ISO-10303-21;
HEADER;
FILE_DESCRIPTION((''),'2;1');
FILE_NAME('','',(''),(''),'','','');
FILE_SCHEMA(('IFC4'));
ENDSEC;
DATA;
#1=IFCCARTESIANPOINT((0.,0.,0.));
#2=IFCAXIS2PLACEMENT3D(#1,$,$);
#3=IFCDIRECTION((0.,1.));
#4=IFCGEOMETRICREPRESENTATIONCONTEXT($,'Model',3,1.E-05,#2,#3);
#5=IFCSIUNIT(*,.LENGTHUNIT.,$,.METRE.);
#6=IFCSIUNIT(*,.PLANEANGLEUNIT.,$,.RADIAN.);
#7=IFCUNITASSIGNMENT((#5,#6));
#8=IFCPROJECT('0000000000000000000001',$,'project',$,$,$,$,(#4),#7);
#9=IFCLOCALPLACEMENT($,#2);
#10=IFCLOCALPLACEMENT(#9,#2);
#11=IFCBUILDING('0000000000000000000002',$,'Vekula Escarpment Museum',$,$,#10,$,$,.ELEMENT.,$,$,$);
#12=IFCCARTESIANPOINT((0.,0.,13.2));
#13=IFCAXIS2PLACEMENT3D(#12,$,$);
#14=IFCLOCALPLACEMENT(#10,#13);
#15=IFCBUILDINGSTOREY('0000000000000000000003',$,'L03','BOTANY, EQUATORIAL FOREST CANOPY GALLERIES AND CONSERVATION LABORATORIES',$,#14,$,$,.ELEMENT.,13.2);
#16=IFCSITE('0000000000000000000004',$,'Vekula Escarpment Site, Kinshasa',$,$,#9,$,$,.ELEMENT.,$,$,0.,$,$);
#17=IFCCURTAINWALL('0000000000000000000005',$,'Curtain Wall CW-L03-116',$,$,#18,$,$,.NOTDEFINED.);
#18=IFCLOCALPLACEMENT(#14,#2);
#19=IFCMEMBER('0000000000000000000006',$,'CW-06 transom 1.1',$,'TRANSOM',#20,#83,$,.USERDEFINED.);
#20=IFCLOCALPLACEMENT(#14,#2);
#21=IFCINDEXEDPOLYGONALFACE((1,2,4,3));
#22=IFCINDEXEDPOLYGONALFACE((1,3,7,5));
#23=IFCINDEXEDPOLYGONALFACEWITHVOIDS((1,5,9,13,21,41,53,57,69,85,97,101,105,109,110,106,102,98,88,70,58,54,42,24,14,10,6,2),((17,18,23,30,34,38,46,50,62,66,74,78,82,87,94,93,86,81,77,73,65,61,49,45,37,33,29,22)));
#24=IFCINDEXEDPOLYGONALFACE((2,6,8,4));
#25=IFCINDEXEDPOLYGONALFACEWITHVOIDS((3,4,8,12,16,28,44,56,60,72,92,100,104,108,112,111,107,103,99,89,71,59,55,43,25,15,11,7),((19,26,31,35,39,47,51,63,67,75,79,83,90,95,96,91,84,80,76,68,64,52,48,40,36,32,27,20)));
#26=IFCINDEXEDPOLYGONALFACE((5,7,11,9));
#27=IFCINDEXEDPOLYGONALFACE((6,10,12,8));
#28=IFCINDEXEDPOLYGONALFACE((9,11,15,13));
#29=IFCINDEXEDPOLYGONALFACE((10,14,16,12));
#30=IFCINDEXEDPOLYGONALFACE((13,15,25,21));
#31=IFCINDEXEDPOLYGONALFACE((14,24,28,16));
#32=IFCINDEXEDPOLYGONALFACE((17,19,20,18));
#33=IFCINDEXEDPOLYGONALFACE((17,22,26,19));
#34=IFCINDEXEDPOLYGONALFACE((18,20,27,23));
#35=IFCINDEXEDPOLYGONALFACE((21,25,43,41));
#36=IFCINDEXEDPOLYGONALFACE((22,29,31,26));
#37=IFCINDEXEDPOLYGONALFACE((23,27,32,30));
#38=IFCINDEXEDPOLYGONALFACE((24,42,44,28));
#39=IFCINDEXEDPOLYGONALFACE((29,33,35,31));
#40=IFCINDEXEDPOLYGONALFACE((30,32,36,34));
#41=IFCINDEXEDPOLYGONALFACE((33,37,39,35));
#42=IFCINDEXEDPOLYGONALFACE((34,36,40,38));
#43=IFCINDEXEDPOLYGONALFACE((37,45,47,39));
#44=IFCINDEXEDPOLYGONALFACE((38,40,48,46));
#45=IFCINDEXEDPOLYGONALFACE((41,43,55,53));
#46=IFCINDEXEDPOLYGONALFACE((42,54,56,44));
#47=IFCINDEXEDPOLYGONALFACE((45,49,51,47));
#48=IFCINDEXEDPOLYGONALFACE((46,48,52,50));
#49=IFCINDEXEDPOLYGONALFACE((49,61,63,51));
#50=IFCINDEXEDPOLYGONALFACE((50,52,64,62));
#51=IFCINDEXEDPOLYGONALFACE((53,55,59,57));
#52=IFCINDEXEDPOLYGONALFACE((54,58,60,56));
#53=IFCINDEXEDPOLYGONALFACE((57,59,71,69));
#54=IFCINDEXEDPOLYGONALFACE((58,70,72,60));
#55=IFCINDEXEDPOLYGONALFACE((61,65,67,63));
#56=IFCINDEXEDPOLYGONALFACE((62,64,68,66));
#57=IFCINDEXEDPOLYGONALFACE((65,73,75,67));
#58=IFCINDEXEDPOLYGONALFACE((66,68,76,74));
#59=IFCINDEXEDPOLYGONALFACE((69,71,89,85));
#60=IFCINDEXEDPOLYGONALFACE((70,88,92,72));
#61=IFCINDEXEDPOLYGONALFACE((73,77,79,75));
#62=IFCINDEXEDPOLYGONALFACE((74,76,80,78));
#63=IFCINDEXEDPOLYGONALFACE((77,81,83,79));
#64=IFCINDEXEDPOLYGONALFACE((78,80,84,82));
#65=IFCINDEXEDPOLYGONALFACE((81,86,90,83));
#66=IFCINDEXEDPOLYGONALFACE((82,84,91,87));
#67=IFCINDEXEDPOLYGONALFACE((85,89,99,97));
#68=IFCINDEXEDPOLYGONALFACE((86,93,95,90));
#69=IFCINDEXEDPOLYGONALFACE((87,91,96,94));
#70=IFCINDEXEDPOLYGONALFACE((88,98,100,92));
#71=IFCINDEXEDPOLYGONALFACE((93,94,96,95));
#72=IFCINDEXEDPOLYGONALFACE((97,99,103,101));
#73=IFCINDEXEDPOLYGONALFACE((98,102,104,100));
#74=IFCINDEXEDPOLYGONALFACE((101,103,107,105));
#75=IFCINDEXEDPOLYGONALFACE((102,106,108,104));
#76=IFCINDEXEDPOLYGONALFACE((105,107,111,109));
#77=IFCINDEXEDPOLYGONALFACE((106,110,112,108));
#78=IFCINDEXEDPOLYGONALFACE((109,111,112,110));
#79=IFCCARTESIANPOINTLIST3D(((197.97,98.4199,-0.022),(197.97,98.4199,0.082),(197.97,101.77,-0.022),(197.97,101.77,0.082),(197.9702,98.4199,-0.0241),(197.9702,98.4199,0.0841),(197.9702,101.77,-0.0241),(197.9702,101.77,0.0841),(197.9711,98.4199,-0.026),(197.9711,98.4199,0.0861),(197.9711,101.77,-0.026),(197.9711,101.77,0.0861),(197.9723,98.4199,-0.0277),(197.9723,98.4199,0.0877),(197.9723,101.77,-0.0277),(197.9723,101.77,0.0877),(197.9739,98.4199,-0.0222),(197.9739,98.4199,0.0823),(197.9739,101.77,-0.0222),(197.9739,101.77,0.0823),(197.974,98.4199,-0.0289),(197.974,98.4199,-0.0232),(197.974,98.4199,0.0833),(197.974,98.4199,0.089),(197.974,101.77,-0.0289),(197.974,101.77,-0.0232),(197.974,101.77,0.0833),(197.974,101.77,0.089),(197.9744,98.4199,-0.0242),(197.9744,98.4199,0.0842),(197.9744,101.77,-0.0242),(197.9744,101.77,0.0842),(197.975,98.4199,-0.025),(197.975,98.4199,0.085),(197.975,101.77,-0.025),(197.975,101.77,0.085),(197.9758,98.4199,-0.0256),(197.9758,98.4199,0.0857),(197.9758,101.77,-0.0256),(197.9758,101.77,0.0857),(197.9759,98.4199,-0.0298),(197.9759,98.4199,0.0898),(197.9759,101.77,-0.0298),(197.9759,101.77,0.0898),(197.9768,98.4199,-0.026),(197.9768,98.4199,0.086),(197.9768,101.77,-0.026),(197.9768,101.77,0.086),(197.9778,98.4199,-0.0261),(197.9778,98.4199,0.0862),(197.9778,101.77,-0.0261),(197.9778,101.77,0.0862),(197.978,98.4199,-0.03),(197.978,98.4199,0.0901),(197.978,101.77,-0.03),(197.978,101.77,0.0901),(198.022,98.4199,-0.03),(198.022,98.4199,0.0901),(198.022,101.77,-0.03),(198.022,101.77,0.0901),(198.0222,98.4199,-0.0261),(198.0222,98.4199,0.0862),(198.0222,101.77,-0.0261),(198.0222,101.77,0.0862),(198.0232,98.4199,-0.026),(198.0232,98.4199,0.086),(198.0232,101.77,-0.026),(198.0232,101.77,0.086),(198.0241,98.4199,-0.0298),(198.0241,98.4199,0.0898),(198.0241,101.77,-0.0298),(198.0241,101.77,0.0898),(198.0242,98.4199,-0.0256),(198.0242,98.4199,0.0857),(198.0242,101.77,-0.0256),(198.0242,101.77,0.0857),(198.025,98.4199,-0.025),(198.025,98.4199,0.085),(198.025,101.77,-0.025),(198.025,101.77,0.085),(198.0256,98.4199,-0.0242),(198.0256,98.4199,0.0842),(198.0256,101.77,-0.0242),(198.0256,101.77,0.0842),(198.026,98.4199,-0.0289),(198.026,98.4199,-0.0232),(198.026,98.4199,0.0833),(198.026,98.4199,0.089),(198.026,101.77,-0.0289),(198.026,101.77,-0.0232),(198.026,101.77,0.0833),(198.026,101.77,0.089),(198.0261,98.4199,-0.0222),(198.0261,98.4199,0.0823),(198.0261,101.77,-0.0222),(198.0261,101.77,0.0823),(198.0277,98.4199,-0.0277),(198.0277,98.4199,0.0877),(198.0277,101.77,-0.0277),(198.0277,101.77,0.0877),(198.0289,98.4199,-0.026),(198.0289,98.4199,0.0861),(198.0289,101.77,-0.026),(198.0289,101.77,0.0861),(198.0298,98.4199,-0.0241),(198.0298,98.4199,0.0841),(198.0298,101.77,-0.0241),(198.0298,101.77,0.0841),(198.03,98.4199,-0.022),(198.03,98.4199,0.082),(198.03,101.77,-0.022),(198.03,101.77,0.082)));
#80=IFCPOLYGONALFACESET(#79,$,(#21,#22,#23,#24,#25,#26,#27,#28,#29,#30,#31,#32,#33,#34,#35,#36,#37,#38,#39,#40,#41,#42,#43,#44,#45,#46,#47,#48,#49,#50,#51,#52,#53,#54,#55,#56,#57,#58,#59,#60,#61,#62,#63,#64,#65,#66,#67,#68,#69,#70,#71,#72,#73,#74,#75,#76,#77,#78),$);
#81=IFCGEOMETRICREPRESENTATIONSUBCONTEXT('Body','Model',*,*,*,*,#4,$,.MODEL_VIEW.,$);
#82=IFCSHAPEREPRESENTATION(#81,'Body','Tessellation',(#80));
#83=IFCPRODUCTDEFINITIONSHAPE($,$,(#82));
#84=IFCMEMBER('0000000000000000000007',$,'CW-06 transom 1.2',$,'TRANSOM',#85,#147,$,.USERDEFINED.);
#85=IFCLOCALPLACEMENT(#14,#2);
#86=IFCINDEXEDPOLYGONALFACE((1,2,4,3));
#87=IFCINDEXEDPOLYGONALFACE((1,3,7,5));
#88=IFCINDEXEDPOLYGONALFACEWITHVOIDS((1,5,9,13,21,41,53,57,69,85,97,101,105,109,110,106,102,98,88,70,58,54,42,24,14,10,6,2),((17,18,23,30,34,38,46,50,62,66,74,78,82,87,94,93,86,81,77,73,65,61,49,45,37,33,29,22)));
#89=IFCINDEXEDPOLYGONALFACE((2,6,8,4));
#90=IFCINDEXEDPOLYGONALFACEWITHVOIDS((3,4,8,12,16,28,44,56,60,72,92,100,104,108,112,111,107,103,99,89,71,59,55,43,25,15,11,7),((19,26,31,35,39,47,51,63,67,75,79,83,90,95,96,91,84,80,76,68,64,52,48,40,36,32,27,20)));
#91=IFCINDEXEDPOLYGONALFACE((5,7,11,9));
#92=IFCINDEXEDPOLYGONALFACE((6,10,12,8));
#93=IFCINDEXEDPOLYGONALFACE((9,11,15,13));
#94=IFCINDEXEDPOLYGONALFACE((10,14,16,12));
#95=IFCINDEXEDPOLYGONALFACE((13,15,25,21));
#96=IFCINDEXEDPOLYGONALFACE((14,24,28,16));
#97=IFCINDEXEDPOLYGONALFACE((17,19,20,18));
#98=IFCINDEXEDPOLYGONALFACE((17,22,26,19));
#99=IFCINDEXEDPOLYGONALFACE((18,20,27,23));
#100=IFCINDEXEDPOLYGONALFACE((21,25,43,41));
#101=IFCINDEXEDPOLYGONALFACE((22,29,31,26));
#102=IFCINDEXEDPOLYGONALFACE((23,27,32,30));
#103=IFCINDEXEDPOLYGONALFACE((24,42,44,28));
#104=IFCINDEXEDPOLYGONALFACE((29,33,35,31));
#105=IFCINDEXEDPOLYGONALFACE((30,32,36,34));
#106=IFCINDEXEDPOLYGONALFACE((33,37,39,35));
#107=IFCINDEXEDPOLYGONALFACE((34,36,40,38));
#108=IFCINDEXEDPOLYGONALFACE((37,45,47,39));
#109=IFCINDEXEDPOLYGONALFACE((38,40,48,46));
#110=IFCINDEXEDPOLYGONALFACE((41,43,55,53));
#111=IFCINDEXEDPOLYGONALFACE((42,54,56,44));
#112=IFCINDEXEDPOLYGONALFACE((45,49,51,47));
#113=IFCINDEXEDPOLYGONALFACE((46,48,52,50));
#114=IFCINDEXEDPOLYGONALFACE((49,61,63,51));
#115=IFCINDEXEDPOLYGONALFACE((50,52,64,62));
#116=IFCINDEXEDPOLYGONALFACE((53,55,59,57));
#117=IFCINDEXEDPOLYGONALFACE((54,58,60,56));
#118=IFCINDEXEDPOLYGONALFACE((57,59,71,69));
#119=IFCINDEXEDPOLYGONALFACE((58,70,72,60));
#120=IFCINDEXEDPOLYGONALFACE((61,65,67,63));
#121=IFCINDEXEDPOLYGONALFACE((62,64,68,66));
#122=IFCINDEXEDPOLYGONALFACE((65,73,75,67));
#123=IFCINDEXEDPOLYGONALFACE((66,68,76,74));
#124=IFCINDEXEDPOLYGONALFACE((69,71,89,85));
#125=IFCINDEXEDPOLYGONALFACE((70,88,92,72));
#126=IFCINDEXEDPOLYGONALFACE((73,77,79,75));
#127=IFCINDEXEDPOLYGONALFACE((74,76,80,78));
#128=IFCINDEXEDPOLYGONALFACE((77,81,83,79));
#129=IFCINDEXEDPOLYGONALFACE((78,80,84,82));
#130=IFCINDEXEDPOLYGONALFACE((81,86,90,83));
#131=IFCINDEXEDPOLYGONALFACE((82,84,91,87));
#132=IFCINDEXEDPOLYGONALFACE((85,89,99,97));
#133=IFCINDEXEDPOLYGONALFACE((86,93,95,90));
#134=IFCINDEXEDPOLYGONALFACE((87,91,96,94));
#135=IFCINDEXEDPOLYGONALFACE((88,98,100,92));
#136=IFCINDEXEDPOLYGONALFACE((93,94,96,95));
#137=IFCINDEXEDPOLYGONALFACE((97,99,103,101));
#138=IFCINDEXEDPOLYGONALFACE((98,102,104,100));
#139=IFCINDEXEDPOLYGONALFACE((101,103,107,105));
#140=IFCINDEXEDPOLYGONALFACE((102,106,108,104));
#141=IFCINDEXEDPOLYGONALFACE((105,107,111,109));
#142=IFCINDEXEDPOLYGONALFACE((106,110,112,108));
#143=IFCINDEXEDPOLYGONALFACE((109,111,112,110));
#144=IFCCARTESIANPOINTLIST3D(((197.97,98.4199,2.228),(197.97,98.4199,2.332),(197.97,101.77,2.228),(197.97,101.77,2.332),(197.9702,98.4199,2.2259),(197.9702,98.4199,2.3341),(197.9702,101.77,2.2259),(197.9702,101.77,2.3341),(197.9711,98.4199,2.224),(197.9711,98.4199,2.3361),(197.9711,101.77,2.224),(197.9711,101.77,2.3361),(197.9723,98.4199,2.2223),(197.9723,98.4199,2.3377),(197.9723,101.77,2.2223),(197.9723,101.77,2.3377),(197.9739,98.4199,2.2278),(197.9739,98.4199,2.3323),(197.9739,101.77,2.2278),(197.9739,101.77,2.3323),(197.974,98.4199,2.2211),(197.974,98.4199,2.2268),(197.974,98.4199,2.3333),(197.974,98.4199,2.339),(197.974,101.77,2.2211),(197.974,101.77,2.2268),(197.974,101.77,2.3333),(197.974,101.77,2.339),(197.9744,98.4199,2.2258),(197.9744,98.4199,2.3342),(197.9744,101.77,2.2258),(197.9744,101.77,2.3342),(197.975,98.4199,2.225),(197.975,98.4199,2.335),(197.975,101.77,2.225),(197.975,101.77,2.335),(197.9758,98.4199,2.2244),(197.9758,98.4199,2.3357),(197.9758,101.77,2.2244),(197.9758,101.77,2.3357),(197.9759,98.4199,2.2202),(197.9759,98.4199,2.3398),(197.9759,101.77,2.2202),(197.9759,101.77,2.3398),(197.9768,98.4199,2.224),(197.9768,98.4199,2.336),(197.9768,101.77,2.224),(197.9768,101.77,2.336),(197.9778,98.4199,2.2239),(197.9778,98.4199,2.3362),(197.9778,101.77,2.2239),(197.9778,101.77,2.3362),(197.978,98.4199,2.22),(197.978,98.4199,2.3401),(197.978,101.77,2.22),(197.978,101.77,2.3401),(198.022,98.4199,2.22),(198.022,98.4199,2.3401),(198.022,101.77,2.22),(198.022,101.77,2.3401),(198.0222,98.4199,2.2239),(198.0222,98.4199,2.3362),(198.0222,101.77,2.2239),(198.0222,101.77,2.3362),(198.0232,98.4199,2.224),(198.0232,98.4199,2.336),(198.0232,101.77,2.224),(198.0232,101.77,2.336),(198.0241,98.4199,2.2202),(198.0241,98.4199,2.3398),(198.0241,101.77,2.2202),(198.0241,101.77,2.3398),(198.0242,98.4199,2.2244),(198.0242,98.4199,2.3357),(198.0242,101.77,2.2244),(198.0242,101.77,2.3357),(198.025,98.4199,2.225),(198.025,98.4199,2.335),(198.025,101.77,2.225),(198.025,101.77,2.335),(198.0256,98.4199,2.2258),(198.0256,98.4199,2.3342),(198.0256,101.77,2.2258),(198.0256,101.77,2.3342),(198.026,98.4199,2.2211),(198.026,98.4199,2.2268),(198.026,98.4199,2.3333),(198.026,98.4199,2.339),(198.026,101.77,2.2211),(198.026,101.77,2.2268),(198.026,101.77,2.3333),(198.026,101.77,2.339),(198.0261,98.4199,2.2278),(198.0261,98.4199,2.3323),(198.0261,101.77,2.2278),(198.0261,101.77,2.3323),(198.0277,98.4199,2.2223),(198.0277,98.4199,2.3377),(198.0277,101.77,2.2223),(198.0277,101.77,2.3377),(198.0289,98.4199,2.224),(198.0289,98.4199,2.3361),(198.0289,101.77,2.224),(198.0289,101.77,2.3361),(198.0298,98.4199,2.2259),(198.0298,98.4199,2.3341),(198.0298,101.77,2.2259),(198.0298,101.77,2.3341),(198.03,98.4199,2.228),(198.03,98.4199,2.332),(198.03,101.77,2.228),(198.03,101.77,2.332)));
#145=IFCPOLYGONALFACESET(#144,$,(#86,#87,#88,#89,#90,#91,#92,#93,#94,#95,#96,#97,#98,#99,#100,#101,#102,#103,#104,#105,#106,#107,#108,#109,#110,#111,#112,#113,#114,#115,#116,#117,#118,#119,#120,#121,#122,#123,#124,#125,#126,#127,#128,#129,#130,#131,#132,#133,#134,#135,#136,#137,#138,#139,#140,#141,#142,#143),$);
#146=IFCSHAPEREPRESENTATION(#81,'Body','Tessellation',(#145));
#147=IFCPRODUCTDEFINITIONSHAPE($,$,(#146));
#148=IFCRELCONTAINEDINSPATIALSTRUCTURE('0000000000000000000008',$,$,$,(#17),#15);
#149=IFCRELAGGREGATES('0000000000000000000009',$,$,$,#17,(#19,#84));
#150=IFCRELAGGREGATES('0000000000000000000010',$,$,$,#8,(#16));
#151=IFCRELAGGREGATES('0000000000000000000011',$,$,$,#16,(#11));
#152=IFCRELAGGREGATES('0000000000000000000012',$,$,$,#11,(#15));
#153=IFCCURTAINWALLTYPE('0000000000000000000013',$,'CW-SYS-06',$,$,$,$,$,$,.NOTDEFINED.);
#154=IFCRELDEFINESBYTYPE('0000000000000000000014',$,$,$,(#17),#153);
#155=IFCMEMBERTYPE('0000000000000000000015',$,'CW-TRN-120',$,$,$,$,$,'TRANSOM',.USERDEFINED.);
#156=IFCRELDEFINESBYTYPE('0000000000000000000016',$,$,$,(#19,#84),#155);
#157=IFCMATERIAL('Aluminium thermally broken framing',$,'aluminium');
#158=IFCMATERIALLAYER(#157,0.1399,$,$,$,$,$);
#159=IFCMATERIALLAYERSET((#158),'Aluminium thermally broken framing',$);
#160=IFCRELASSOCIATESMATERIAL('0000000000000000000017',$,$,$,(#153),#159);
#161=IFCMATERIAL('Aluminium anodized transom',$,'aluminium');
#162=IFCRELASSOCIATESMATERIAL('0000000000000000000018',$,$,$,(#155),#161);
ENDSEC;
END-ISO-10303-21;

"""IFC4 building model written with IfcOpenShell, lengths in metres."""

from ifc_helpers import new_model, si_unit, direction, frame, origin, origin_2d, place, context, subcontext, project, spatial, hollow_rectangle, extrude, material, layer, layer_set, material_profile, profile_set, type_object, element, aggregate, save


model = new_model("IFC4")

# Units and contexts
model_context = context("Model", 3, precision=1e-05, world=origin(), true_north=direction((0.0, 1.0)))
body_context = subcontext(model_context, "Body", "Model", "MODEL_VIEW")
ifc_project = project(units=[si_unit("LENGTHUNIT", "METRE"), si_unit("PLANEANGLEUNIT", "RADIAN")], contexts=[model_context])

# Site, building, storey
site_placement = place(None, origin())
site = spatial("IfcSite", under=ifc_project, at=site_placement, Name="Vekula Escarpment Site, Kinshasa", CompositionType="ELEMENT", RefElevation=0.0)
building_placement = place(site_placement, origin())
building = spatial("IfcBuilding", under=site, at=building_placement, Name="Vekula Escarpment Museum", CompositionType="ELEMENT")
storey_placement = place(building_placement, frame((0.0, 0.0, 13.2)))
storey = spatial("IfcBuildingStorey", under=building, at=storey_placement, Name="L03", Description="BOTANY, EQUATORIAL FOREST CANOPY GALLERIES AND CONSERVATION LABORATORIES", CompositionType="ELEMENT", Elevation=13.2)

# Curtain wall, members
ifc_material_1 = material(Name="Aluminium thermally broken framing", Category="aluminium")
ifc_layer_1 = layer(ifc_material_1, 0.1399)
ifc_layer_set_1 = layer_set([ifc_layer_1], Name="Aluminium thermally broken framing")
curtain_wall_type = type_object("IfcCurtainWallType", Name="CW-SYS-06", PredefinedType="NOTDEFINED", material=ifc_layer_set_1)
curtain_wall_placement = place(storey_placement, origin())
curtain_wall = element("IfcCurtainWall", 1, at=curtain_wall_placement, inside=storey, type_object=curtain_wall_type, Name="Curtain Wall CW-L03-116", PredefinedType="NOTDEFINED")
ifc_material_2 = material(Name="Aluminium anodized transom", Category="aluminium")
ifc_material_profile_1 = material_profile(ifc_material_2, hollow_rectangle(XDim=0.0601, YDim=0.1201, WallThickness=0.0039, InnerFilletRadius=0.0039, OuterFilletRadius=0.0081, at=origin_2d()), Name="ALU 120x60x4")
ifc_profile_set_1 = profile_set([ifc_material_profile_1], Name="Aluminium anodized transom")
member_type_1 = type_object("IfcMemberType", Name="CW-TRN-120", ElementType="TRANSOM", PredefinedType="USERDEFINED", material=ifc_profile_set_1)
member_1_placement = place(storey_placement, frame((198.0, 98.4199, 0.03), z_axis=(0.0, 1.0, 0.0), x_axis=(-1.0, 0.0, 0.0)))
member_1 = element("IfcMember", 2, at=member_1_placement, type_object=member_type_1, Name="CW-06 transom 1.1", ObjectType="TRANSOM", PredefinedType="USERDEFINED", context=body_context, shape_type="SweptSolid", body=[
    extrude(hollow_rectangle(XDim=0.0601, YDim=0.1201, WallThickness=0.0039, InnerFilletRadius=0.0039, OuterFilletRadius=0.0081, at=origin_2d()), origin(), (0.0, 0.0, 1.0), 3.3501),
])
member_2_placement = place(storey_placement, frame((198.0, 98.4199, 2.28), z_axis=(0.0, 1.0, 0.0), x_axis=(-1.0, 0.0, 0.0)))
member_2 = element("IfcMember", 3, at=member_2_placement, type_object=member_type_1, Name="CW-06 transom 1.2", ObjectType="TRANSOM", PredefinedType="USERDEFINED", context=body_context, shape_type="SweptSolid", body=[
    extrude(hollow_rectangle(XDim=0.0601, YDim=0.1201, WallThickness=0.0039, InnerFilletRadius=0.0039, OuterFilletRadius=0.0081, at=origin_2d()), origin(), (0.0, 0.0, 1.0), 3.3501),
])
aggregate(curtain_wall, [member_1, member_2])

save(model, "model.ifc")
